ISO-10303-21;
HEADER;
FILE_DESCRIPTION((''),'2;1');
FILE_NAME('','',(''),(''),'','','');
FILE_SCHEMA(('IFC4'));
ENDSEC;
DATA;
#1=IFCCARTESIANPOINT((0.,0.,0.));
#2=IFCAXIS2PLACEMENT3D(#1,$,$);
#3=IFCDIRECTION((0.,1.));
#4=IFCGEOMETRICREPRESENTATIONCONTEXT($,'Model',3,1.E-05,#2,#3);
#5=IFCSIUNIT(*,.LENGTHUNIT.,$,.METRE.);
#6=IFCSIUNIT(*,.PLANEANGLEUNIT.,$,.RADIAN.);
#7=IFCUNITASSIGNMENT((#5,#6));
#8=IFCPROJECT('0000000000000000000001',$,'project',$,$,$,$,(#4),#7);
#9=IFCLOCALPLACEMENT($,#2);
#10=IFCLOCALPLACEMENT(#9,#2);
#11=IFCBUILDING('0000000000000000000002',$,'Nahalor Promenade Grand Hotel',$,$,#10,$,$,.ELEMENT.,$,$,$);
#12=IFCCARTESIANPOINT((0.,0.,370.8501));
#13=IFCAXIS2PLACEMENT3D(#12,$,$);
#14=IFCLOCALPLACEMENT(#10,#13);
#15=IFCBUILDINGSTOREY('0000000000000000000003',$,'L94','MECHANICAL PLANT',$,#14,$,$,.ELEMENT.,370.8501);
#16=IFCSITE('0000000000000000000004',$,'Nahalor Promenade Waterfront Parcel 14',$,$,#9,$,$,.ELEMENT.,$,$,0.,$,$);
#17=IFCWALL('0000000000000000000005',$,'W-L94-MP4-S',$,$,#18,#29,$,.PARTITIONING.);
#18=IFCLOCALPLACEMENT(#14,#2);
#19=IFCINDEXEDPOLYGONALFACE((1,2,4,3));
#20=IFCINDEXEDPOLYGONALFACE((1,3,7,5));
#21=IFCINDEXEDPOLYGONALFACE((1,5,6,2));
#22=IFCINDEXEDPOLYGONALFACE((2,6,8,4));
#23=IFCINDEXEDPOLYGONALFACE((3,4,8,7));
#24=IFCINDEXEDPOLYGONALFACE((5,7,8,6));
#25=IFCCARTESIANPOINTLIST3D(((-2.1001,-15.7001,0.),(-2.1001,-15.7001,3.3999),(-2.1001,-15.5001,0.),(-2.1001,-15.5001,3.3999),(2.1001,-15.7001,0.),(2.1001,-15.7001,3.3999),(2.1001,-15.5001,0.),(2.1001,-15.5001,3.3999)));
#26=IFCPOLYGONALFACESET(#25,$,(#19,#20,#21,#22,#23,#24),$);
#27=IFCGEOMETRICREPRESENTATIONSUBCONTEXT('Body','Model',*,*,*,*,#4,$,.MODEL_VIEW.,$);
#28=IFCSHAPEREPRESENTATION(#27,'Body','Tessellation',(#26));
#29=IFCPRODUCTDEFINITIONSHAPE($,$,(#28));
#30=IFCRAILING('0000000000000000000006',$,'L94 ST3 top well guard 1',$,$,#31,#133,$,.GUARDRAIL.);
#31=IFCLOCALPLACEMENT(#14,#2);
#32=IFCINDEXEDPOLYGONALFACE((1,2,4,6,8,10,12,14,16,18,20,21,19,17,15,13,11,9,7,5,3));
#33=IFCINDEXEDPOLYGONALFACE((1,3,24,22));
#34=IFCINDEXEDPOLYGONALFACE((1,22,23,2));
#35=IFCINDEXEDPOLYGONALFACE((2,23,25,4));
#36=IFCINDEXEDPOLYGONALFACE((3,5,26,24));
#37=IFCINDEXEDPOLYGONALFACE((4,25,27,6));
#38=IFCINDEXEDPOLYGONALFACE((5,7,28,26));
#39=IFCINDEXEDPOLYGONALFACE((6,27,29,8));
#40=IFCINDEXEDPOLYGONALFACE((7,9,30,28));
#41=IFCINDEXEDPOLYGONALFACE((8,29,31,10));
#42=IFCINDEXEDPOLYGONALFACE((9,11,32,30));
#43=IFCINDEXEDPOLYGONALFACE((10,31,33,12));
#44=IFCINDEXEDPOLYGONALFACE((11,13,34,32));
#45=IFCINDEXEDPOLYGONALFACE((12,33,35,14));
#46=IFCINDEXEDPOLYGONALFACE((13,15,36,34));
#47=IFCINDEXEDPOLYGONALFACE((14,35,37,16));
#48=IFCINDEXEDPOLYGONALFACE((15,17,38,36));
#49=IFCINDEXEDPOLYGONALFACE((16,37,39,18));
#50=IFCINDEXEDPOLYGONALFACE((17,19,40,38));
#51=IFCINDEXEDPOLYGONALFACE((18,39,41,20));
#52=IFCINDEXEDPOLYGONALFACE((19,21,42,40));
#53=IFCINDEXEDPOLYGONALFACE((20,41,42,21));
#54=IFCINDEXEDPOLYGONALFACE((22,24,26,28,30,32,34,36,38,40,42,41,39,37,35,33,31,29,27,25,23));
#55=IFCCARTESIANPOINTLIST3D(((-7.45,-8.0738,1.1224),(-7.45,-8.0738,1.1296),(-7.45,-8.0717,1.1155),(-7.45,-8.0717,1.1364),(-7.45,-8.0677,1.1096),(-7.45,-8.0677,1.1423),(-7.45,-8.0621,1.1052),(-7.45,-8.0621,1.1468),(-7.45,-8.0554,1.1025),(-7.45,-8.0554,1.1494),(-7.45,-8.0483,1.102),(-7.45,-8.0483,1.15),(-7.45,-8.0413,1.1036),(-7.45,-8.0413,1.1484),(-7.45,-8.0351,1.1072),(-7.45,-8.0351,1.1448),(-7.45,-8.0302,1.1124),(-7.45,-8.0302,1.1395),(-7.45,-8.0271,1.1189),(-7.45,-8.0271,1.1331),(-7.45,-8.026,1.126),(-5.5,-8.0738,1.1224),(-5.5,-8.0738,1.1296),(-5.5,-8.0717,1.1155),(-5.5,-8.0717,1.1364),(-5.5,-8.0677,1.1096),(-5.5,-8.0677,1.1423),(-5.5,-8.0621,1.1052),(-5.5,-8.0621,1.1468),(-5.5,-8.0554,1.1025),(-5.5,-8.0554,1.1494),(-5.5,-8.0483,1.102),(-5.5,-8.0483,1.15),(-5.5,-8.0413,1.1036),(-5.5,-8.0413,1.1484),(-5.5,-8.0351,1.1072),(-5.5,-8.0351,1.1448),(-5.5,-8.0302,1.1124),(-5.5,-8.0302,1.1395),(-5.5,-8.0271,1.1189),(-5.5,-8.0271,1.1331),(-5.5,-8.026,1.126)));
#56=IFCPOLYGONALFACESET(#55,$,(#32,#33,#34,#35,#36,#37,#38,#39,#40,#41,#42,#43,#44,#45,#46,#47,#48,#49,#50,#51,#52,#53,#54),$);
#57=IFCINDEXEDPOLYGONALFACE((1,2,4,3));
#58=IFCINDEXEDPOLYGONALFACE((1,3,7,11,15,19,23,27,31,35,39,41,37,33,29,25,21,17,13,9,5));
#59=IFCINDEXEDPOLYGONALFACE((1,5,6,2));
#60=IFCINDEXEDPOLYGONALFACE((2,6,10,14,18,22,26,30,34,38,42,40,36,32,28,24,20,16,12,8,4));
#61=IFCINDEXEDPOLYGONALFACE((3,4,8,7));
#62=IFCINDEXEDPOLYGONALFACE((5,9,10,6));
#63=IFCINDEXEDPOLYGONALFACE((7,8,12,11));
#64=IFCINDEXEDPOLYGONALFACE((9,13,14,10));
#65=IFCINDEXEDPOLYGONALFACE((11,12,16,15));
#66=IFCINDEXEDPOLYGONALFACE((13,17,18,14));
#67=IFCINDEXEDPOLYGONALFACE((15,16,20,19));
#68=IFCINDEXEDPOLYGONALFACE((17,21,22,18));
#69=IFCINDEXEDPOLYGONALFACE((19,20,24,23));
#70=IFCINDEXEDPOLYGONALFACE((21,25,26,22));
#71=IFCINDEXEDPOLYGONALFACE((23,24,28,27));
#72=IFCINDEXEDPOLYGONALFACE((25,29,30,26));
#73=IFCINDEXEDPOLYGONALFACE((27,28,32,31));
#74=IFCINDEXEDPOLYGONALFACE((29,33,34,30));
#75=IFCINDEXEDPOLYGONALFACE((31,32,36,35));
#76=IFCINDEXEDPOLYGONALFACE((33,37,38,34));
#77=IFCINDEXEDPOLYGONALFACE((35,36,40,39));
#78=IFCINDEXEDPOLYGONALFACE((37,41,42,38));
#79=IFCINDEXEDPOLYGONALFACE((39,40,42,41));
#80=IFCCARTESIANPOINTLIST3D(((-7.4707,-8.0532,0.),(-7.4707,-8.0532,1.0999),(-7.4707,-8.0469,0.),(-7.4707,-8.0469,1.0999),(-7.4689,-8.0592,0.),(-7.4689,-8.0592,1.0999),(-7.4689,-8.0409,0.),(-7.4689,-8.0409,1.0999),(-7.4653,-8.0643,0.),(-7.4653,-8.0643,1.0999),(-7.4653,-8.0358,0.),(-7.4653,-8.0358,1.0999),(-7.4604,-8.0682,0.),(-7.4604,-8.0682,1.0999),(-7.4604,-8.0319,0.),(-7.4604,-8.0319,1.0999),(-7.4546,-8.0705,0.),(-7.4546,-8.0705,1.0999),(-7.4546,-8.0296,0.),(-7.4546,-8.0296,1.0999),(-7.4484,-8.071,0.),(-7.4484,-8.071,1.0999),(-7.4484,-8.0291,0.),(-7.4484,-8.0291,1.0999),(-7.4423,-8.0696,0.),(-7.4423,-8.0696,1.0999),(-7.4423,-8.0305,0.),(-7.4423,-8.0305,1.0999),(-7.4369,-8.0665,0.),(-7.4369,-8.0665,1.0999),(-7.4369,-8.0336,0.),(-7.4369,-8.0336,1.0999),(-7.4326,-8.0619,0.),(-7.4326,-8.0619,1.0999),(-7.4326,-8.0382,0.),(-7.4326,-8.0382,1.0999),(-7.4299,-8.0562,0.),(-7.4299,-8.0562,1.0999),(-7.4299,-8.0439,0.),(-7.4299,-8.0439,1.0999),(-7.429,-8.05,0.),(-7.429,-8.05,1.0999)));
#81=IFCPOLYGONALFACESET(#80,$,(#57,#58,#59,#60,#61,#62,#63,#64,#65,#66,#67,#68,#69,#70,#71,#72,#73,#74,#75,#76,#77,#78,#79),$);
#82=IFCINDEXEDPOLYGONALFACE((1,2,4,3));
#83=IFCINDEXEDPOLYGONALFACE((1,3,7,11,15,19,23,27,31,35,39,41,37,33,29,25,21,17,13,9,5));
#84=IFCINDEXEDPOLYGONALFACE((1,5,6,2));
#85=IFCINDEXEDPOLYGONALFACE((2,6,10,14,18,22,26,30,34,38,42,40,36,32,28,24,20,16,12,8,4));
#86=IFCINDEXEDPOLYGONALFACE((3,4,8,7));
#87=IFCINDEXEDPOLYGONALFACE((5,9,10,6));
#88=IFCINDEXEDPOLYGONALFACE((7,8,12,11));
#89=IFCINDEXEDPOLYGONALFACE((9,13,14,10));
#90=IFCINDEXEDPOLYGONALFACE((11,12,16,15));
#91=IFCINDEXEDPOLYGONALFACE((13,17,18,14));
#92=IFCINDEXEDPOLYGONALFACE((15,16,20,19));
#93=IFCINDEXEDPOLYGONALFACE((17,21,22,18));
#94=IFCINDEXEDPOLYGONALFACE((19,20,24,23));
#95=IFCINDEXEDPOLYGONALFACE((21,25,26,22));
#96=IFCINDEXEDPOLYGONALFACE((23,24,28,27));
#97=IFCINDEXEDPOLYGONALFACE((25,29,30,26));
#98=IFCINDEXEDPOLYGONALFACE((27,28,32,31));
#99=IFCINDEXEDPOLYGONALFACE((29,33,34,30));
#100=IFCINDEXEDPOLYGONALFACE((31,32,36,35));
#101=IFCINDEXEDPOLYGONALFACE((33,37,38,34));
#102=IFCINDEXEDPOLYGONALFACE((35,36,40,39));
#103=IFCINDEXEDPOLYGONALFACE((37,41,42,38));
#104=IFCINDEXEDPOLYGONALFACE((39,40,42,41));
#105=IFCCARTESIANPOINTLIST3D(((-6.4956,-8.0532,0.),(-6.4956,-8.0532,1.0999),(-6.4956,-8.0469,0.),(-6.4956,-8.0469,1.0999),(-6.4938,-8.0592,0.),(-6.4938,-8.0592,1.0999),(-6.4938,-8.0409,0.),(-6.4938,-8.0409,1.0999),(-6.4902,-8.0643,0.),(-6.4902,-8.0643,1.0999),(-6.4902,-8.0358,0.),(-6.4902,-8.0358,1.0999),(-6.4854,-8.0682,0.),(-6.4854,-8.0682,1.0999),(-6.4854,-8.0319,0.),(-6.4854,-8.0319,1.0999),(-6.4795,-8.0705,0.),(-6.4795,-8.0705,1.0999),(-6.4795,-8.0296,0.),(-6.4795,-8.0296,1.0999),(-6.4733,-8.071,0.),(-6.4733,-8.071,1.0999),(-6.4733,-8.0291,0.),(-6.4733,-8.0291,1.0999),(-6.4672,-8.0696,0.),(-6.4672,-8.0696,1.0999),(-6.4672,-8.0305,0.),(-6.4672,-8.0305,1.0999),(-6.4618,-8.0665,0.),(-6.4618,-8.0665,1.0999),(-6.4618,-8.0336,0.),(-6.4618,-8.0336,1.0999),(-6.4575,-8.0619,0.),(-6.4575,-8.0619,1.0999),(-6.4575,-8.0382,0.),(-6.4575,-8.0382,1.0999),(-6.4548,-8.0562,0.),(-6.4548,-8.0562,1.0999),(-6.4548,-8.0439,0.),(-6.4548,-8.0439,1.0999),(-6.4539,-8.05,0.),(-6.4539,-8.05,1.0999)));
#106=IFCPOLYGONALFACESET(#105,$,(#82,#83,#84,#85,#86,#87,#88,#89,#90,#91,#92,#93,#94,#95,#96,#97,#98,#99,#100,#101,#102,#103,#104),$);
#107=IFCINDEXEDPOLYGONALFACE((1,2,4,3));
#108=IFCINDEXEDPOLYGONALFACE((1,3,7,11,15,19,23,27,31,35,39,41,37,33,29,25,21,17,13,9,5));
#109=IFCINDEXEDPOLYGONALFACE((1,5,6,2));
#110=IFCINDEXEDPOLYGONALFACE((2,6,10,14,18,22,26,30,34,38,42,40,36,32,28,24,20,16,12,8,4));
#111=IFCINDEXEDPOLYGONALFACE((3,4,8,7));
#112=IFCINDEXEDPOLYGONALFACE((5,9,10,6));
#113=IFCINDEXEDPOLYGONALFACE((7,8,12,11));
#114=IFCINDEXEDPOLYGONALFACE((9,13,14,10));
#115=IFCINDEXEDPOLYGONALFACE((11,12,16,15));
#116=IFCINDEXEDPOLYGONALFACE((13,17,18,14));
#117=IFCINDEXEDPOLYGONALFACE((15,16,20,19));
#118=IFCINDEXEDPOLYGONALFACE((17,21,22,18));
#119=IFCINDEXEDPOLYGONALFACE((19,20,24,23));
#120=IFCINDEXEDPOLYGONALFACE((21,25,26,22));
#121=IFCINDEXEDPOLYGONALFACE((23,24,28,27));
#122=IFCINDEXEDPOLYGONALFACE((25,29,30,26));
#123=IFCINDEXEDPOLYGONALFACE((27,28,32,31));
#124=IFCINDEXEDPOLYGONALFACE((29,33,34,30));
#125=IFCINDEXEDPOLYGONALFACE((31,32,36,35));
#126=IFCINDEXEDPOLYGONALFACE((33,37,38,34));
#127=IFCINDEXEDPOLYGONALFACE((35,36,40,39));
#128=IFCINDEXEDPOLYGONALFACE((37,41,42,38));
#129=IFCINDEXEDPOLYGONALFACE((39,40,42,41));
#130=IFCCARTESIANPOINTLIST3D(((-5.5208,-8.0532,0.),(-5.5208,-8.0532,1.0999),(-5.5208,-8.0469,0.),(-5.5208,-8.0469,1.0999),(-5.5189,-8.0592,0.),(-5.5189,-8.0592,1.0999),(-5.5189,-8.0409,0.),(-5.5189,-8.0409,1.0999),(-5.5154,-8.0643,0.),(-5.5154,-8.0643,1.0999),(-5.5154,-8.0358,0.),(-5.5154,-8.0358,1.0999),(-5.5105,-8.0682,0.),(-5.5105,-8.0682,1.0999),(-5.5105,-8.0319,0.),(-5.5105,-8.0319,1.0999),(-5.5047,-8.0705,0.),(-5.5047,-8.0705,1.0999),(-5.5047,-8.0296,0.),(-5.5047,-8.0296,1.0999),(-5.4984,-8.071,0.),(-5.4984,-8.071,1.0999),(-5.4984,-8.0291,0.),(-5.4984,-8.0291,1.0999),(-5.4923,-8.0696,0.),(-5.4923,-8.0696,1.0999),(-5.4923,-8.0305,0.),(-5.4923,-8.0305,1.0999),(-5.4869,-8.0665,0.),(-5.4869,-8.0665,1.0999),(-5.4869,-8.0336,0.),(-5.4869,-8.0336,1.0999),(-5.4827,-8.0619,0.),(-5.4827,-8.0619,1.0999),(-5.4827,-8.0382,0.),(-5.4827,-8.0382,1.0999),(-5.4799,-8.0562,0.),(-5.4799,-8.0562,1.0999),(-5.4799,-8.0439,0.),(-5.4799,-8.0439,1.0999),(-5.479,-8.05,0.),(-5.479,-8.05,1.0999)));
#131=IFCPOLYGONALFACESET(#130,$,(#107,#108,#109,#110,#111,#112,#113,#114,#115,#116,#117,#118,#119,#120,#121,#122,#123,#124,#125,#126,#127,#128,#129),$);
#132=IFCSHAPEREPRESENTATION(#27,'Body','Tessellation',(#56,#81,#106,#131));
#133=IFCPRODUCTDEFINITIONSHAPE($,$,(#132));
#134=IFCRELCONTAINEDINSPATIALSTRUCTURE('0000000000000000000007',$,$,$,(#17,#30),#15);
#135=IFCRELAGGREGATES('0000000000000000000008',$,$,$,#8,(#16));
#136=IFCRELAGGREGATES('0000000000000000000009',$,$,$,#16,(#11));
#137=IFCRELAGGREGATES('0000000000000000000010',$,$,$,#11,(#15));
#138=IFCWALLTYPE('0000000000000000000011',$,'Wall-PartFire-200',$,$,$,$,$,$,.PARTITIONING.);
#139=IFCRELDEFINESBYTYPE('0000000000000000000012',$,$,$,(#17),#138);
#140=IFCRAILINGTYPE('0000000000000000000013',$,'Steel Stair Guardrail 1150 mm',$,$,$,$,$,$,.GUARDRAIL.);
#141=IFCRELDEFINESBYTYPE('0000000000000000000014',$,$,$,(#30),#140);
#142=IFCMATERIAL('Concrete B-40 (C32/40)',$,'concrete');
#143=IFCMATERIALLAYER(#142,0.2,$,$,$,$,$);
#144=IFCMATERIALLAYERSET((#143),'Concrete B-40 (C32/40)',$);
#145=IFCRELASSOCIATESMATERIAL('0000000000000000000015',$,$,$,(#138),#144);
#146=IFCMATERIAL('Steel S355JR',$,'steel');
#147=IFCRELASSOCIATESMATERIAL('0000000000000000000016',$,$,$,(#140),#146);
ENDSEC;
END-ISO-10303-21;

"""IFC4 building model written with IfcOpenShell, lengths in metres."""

from ifc_helpers import new_model, si_unit, direction, frame, frame_2d, origin, origin_2d, place, context, subcontext, project, spatial, rectangle, circle, extrude, source, transform, mapped, material, layer, layer_set, type_object, element, save


model = new_model("IFC4")

# Units and contexts
model_context = context("Model", 3, precision=1e-05, world=origin(), true_north=direction((0.0, 1.0)))
body_context = subcontext(model_context, "Body", "Model", "MODEL_VIEW")
ifc_project = project(units=[si_unit("LENGTHUNIT", "METRE"), si_unit("PLANEANGLEUNIT", "RADIAN")], contexts=[model_context])

# Site, building, storey
site_placement = place(None, origin())
site = spatial("IfcSite", under=ifc_project, at=site_placement, Name="Nahalor Promenade Waterfront Parcel 14", CompositionType="ELEMENT", RefElevation=0.0)
building_placement = place(site_placement, origin())
building = spatial("IfcBuilding", under=site, at=building_placement, Name="Nahalor Promenade Grand Hotel", CompositionType="ELEMENT")
storey_placement = place(building_placement, frame((0.0, 0.0, 370.8501)))
storey = spatial("IfcBuildingStorey", under=building, at=storey_placement, Name="L94", Description="MECHANICAL PLANT", CompositionType="ELEMENT", Elevation=370.8501)

# Shared definitions
ifc_material_1 = material(Name="Steel S355JR", Category="steel")

# Wall
ifc_material_2 = material(Name="Concrete B-40 (C32/40)", Category="concrete")
ifc_layer_1 = layer(ifc_material_2, 0.2)
ifc_layer_set_1 = layer_set([ifc_layer_1], Name="Concrete B-40 (C32/40)")
wall_type_1 = type_object("IfcWallType", Name="Wall-PartFire-200", PredefinedType="PARTITIONING", material=ifc_layer_set_1)
shared_shape_1 = source(origin(), body_context, "Body", "SweptSolid", [
    extrude(rectangle(XDim=4.2002, YDim=0.2, at=frame_2d((2.1001, 0.0))), origin(), (0.0, 0.0, 1.0), 3.3999),
])
wall_1_placement = place(storey_placement, frame((-2.1001, -15.6001, 0.0), z_axis=(0.0, 0.0, 1.0), x_axis=(1.0, 0.0, 0.0)))
element("IfcWall", 1, at=wall_1_placement, inside=storey, type_object=wall_type_1, Name="W-L94-MP4-S", PredefinedType="PARTITIONING", context=body_context, shape_type="MappedRepresentation", body=[
    mapped(shared_shape_1, transform((0.0, 0.0, 0.0), scale=1.0)),
])

# Railing
railing_type = type_object("IfcRailingType", Name="Steel Stair Guardrail 1150 mm", PredefinedType="GUARDRAIL", material=ifc_material_1)
railing_placement = place(storey_placement, frame((-7.45, -8.05, 0.0)))
element("IfcRailing", 2, at=railing_placement, inside=storey, type_object=railing_type, Name="L94 ST3 top well guard 1", PredefinedType="GUARDRAIL", context=body_context, shape_type="SweptSolid", body=[
    extrude(circle(Radius=0.024, at=origin_2d()), frame((0.0, 0.0, 1.126), z_axis=(1.0, 0.0, 0.0), x_axis=(0.0, 1.0, 0.0)), (0.0, 0.0, 1.0), 1.95),
    extrude(circle(Radius=0.021, at=origin_2d()), origin(), (0.0, 0.0, 1.0), 1.0999),
    extrude(circle(Radius=0.021, at=origin_2d()), frame((0.9751, 0.0, 0.0)), (0.0, 0.0, 1.0), 1.0999),
    extrude(circle(Radius=0.021, at=origin_2d()), frame((1.95, 0.0, 0.0)), (0.0, 0.0, 1.0), 1.0999),
])

save(model, "model.ifc")
